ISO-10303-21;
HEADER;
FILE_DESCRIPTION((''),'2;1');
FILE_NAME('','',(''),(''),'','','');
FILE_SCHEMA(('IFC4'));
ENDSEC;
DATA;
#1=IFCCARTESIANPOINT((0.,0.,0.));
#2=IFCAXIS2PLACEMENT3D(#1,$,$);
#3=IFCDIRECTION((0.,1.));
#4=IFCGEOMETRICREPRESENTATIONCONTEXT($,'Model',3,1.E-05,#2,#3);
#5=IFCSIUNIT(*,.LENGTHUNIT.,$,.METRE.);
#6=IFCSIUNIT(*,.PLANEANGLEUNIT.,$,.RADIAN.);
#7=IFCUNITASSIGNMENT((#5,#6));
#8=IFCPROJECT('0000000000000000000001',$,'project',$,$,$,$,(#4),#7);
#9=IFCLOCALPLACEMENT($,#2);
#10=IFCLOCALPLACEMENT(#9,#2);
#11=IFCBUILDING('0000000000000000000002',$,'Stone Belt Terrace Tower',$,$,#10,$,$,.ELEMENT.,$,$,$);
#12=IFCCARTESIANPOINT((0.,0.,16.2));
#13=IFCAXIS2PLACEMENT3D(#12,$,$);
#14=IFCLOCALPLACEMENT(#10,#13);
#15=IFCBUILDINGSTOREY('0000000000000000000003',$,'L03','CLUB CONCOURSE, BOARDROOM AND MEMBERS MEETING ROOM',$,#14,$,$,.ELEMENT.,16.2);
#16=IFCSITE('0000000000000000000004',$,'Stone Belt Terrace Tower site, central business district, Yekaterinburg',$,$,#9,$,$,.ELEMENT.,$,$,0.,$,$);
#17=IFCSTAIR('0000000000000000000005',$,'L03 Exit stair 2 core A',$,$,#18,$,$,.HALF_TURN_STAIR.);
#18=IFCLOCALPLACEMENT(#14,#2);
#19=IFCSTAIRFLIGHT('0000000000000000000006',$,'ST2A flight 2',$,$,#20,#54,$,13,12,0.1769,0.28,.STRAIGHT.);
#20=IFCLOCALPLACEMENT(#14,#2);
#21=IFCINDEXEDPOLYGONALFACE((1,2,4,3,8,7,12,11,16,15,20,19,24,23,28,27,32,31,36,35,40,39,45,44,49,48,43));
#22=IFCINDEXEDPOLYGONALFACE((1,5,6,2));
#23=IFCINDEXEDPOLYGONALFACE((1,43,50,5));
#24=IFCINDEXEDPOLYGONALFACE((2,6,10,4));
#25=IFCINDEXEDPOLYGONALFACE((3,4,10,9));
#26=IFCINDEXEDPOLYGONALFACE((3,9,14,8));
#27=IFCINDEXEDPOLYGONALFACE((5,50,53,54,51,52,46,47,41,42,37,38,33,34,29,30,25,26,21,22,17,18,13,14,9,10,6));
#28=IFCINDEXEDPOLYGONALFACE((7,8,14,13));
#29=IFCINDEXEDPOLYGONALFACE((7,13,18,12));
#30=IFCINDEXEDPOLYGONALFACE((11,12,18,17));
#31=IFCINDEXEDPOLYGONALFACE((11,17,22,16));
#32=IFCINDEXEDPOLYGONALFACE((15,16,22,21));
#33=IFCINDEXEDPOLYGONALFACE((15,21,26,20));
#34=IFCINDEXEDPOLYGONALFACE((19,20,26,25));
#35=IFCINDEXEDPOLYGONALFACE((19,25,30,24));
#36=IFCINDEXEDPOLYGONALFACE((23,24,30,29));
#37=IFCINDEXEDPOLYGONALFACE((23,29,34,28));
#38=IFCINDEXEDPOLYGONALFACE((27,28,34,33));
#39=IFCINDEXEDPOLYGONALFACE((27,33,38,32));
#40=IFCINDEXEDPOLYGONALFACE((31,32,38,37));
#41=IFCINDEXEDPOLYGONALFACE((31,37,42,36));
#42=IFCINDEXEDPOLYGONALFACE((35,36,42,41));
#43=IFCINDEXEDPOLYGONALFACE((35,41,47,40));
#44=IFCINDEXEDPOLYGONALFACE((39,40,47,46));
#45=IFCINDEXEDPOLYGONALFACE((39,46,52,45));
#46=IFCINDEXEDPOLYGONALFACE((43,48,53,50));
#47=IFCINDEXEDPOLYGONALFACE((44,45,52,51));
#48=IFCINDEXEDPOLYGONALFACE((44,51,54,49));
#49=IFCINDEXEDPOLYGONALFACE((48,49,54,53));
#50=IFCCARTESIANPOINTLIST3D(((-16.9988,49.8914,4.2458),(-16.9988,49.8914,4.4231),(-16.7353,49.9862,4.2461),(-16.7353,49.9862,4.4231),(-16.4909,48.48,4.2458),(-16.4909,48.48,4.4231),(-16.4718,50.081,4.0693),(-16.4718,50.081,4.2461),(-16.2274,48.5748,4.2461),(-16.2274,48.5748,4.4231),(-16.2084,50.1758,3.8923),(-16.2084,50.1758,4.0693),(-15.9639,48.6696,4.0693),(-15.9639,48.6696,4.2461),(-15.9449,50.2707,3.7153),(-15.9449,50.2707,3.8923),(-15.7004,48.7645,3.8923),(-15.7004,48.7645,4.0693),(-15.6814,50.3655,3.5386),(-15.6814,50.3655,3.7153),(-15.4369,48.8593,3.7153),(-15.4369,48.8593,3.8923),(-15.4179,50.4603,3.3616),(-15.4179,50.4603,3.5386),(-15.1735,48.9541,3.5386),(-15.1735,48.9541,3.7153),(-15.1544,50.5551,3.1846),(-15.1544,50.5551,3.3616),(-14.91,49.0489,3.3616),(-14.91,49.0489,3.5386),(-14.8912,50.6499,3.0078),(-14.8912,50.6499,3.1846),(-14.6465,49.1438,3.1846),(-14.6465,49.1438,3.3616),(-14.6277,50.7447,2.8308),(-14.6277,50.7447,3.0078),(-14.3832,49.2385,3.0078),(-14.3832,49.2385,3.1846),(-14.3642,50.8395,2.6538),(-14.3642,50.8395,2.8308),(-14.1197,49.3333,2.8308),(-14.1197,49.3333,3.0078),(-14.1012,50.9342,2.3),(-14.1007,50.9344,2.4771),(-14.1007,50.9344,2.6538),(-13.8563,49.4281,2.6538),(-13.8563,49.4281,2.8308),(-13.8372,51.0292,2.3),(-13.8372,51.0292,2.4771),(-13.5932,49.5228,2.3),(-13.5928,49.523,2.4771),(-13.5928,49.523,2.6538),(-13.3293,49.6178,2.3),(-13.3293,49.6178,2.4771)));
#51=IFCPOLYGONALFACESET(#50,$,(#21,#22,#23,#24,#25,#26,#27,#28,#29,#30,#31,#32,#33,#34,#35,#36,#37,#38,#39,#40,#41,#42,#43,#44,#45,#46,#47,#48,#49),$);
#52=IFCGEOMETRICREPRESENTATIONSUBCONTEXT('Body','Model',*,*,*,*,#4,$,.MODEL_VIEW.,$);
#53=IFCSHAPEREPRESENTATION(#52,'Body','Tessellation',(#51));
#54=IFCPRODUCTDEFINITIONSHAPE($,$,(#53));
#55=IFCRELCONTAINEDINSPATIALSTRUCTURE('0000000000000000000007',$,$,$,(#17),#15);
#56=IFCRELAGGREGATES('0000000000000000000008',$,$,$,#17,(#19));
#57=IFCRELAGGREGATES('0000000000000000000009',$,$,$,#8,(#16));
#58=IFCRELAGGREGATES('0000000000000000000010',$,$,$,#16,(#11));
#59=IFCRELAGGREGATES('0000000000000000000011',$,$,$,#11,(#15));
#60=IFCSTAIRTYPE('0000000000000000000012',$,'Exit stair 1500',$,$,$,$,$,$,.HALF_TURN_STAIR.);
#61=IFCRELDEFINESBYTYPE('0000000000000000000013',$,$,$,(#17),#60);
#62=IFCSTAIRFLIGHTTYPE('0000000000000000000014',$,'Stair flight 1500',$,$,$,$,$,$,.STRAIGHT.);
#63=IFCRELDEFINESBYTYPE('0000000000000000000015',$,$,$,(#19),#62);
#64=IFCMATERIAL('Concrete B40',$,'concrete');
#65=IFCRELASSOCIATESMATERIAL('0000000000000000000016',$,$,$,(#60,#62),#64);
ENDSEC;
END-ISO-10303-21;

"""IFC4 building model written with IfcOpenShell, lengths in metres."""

from ifc_helpers import new_model, si_unit, direction, frame, origin, place, context, subcontext, project, spatial, polyline, outline, extrude, material, type_object, element, aggregate, save


model = new_model("IFC4")

# Units and contexts
model_context = context("Model", 3, precision=1e-05, world=origin(), true_north=direction((0.0, 1.0)))
body_context = subcontext(model_context, "Body", "Model", "MODEL_VIEW")
ifc_project = project(units=[si_unit("LENGTHUNIT", "METRE"), si_unit("PLANEANGLEUNIT", "RADIAN")], contexts=[model_context])

# Site, building, storey
site_placement = place(None, origin())
site = spatial("IfcSite", under=ifc_project, at=site_placement, Name="Stone Belt Terrace Tower site, central business district, Yekaterinburg", CompositionType="ELEMENT", RefElevation=0.0)
building_placement = place(site_placement, origin())
building = spatial("IfcBuilding", under=site, at=building_placement, Name="Stone Belt Terrace Tower", CompositionType="ELEMENT")
storey_placement = place(building_placement, frame((0.0, 0.0, 16.2)))
storey = spatial("IfcBuildingStorey", under=building, at=storey_placement, Name="L03", Description="CLUB CONCOURSE, BOARDROOM AND MEMBERS MEETING ROOM", CompositionType="ELEMENT", Elevation=16.2)

# Stair, stair flight
ifc_material_1 = material(Name="Concrete B40", Category="concrete")
stair_type = type_object("IfcStairType", Name="Exit stair 1500", PredefinedType="HALF_TURN_STAIR", material=ifc_material_1)
stair_placement = place(storey_placement, origin())
stair = element("IfcStair", 1, at=stair_placement, inside=storey, type_object=stair_type, Name="L03 Exit stair 2 core A", PredefinedType="HALF_TURN_STAIR")
stair_flight_type = type_object("IfcStairFlightType", Name="Stair flight 1500", PredefinedType="STRAIGHT", material=ifc_material_1)
stair_flight_1_placement = place(storey_placement, frame((-13.5833, 50.3235, 2.3), z_axis=(0.0, 0.0, 1.0), x_axis=(-0.940922, -0.338624, 0.0)))
stair_flight_1 = element("IfcStairFlight", 2, at=stair_flight_1_placement, type_object=stair_flight_type, Name="ST2A flight 2", NumberOfRisers=13, NumberOfTreads=12, PredefinedType="STRAIGHT", RiserHeight=0.1769, TreadLength=0.28, context=body_context, shape_type="SweptSolid", body=[
    extrude(outline(polyline([(0.0, 0.0), (0.0, 0.177), (0.28, 0.177), (0.28, 0.3538), (0.5601, 0.3538), (0.5601, 0.5308), (0.8401, 0.5308), (0.8401, 0.7078), (1.1201, 0.7078), (1.1201, 0.8845), (1.3999, 0.8845), (1.3999, 1.0615), (1.6799, 1.0615), (1.6799, 1.2385), (1.96, 1.2385), (1.96, 1.4153), (2.24, 1.4153), (2.24, 1.5923), (2.52, 1.5923), (2.52, 1.7693), (2.8, 1.7693), (2.8, 1.946), (3.0801, 1.946), (3.0801, 2.123), (3.3601, 2.123), (3.3601, 2.3), (3.3601, 1.9458), (0.2805, 0.0), (0.0, 0.0)])), frame((0.0, 0.75, 0.0), z_axis=(0.0, -1.0, 0.0), x_axis=(1.0, 0.0, 0.0)), (0.0, 0.0, 1.0), 1.5),
])
aggregate(stair, [stair_flight_1])

save(model, "model.ifc")
